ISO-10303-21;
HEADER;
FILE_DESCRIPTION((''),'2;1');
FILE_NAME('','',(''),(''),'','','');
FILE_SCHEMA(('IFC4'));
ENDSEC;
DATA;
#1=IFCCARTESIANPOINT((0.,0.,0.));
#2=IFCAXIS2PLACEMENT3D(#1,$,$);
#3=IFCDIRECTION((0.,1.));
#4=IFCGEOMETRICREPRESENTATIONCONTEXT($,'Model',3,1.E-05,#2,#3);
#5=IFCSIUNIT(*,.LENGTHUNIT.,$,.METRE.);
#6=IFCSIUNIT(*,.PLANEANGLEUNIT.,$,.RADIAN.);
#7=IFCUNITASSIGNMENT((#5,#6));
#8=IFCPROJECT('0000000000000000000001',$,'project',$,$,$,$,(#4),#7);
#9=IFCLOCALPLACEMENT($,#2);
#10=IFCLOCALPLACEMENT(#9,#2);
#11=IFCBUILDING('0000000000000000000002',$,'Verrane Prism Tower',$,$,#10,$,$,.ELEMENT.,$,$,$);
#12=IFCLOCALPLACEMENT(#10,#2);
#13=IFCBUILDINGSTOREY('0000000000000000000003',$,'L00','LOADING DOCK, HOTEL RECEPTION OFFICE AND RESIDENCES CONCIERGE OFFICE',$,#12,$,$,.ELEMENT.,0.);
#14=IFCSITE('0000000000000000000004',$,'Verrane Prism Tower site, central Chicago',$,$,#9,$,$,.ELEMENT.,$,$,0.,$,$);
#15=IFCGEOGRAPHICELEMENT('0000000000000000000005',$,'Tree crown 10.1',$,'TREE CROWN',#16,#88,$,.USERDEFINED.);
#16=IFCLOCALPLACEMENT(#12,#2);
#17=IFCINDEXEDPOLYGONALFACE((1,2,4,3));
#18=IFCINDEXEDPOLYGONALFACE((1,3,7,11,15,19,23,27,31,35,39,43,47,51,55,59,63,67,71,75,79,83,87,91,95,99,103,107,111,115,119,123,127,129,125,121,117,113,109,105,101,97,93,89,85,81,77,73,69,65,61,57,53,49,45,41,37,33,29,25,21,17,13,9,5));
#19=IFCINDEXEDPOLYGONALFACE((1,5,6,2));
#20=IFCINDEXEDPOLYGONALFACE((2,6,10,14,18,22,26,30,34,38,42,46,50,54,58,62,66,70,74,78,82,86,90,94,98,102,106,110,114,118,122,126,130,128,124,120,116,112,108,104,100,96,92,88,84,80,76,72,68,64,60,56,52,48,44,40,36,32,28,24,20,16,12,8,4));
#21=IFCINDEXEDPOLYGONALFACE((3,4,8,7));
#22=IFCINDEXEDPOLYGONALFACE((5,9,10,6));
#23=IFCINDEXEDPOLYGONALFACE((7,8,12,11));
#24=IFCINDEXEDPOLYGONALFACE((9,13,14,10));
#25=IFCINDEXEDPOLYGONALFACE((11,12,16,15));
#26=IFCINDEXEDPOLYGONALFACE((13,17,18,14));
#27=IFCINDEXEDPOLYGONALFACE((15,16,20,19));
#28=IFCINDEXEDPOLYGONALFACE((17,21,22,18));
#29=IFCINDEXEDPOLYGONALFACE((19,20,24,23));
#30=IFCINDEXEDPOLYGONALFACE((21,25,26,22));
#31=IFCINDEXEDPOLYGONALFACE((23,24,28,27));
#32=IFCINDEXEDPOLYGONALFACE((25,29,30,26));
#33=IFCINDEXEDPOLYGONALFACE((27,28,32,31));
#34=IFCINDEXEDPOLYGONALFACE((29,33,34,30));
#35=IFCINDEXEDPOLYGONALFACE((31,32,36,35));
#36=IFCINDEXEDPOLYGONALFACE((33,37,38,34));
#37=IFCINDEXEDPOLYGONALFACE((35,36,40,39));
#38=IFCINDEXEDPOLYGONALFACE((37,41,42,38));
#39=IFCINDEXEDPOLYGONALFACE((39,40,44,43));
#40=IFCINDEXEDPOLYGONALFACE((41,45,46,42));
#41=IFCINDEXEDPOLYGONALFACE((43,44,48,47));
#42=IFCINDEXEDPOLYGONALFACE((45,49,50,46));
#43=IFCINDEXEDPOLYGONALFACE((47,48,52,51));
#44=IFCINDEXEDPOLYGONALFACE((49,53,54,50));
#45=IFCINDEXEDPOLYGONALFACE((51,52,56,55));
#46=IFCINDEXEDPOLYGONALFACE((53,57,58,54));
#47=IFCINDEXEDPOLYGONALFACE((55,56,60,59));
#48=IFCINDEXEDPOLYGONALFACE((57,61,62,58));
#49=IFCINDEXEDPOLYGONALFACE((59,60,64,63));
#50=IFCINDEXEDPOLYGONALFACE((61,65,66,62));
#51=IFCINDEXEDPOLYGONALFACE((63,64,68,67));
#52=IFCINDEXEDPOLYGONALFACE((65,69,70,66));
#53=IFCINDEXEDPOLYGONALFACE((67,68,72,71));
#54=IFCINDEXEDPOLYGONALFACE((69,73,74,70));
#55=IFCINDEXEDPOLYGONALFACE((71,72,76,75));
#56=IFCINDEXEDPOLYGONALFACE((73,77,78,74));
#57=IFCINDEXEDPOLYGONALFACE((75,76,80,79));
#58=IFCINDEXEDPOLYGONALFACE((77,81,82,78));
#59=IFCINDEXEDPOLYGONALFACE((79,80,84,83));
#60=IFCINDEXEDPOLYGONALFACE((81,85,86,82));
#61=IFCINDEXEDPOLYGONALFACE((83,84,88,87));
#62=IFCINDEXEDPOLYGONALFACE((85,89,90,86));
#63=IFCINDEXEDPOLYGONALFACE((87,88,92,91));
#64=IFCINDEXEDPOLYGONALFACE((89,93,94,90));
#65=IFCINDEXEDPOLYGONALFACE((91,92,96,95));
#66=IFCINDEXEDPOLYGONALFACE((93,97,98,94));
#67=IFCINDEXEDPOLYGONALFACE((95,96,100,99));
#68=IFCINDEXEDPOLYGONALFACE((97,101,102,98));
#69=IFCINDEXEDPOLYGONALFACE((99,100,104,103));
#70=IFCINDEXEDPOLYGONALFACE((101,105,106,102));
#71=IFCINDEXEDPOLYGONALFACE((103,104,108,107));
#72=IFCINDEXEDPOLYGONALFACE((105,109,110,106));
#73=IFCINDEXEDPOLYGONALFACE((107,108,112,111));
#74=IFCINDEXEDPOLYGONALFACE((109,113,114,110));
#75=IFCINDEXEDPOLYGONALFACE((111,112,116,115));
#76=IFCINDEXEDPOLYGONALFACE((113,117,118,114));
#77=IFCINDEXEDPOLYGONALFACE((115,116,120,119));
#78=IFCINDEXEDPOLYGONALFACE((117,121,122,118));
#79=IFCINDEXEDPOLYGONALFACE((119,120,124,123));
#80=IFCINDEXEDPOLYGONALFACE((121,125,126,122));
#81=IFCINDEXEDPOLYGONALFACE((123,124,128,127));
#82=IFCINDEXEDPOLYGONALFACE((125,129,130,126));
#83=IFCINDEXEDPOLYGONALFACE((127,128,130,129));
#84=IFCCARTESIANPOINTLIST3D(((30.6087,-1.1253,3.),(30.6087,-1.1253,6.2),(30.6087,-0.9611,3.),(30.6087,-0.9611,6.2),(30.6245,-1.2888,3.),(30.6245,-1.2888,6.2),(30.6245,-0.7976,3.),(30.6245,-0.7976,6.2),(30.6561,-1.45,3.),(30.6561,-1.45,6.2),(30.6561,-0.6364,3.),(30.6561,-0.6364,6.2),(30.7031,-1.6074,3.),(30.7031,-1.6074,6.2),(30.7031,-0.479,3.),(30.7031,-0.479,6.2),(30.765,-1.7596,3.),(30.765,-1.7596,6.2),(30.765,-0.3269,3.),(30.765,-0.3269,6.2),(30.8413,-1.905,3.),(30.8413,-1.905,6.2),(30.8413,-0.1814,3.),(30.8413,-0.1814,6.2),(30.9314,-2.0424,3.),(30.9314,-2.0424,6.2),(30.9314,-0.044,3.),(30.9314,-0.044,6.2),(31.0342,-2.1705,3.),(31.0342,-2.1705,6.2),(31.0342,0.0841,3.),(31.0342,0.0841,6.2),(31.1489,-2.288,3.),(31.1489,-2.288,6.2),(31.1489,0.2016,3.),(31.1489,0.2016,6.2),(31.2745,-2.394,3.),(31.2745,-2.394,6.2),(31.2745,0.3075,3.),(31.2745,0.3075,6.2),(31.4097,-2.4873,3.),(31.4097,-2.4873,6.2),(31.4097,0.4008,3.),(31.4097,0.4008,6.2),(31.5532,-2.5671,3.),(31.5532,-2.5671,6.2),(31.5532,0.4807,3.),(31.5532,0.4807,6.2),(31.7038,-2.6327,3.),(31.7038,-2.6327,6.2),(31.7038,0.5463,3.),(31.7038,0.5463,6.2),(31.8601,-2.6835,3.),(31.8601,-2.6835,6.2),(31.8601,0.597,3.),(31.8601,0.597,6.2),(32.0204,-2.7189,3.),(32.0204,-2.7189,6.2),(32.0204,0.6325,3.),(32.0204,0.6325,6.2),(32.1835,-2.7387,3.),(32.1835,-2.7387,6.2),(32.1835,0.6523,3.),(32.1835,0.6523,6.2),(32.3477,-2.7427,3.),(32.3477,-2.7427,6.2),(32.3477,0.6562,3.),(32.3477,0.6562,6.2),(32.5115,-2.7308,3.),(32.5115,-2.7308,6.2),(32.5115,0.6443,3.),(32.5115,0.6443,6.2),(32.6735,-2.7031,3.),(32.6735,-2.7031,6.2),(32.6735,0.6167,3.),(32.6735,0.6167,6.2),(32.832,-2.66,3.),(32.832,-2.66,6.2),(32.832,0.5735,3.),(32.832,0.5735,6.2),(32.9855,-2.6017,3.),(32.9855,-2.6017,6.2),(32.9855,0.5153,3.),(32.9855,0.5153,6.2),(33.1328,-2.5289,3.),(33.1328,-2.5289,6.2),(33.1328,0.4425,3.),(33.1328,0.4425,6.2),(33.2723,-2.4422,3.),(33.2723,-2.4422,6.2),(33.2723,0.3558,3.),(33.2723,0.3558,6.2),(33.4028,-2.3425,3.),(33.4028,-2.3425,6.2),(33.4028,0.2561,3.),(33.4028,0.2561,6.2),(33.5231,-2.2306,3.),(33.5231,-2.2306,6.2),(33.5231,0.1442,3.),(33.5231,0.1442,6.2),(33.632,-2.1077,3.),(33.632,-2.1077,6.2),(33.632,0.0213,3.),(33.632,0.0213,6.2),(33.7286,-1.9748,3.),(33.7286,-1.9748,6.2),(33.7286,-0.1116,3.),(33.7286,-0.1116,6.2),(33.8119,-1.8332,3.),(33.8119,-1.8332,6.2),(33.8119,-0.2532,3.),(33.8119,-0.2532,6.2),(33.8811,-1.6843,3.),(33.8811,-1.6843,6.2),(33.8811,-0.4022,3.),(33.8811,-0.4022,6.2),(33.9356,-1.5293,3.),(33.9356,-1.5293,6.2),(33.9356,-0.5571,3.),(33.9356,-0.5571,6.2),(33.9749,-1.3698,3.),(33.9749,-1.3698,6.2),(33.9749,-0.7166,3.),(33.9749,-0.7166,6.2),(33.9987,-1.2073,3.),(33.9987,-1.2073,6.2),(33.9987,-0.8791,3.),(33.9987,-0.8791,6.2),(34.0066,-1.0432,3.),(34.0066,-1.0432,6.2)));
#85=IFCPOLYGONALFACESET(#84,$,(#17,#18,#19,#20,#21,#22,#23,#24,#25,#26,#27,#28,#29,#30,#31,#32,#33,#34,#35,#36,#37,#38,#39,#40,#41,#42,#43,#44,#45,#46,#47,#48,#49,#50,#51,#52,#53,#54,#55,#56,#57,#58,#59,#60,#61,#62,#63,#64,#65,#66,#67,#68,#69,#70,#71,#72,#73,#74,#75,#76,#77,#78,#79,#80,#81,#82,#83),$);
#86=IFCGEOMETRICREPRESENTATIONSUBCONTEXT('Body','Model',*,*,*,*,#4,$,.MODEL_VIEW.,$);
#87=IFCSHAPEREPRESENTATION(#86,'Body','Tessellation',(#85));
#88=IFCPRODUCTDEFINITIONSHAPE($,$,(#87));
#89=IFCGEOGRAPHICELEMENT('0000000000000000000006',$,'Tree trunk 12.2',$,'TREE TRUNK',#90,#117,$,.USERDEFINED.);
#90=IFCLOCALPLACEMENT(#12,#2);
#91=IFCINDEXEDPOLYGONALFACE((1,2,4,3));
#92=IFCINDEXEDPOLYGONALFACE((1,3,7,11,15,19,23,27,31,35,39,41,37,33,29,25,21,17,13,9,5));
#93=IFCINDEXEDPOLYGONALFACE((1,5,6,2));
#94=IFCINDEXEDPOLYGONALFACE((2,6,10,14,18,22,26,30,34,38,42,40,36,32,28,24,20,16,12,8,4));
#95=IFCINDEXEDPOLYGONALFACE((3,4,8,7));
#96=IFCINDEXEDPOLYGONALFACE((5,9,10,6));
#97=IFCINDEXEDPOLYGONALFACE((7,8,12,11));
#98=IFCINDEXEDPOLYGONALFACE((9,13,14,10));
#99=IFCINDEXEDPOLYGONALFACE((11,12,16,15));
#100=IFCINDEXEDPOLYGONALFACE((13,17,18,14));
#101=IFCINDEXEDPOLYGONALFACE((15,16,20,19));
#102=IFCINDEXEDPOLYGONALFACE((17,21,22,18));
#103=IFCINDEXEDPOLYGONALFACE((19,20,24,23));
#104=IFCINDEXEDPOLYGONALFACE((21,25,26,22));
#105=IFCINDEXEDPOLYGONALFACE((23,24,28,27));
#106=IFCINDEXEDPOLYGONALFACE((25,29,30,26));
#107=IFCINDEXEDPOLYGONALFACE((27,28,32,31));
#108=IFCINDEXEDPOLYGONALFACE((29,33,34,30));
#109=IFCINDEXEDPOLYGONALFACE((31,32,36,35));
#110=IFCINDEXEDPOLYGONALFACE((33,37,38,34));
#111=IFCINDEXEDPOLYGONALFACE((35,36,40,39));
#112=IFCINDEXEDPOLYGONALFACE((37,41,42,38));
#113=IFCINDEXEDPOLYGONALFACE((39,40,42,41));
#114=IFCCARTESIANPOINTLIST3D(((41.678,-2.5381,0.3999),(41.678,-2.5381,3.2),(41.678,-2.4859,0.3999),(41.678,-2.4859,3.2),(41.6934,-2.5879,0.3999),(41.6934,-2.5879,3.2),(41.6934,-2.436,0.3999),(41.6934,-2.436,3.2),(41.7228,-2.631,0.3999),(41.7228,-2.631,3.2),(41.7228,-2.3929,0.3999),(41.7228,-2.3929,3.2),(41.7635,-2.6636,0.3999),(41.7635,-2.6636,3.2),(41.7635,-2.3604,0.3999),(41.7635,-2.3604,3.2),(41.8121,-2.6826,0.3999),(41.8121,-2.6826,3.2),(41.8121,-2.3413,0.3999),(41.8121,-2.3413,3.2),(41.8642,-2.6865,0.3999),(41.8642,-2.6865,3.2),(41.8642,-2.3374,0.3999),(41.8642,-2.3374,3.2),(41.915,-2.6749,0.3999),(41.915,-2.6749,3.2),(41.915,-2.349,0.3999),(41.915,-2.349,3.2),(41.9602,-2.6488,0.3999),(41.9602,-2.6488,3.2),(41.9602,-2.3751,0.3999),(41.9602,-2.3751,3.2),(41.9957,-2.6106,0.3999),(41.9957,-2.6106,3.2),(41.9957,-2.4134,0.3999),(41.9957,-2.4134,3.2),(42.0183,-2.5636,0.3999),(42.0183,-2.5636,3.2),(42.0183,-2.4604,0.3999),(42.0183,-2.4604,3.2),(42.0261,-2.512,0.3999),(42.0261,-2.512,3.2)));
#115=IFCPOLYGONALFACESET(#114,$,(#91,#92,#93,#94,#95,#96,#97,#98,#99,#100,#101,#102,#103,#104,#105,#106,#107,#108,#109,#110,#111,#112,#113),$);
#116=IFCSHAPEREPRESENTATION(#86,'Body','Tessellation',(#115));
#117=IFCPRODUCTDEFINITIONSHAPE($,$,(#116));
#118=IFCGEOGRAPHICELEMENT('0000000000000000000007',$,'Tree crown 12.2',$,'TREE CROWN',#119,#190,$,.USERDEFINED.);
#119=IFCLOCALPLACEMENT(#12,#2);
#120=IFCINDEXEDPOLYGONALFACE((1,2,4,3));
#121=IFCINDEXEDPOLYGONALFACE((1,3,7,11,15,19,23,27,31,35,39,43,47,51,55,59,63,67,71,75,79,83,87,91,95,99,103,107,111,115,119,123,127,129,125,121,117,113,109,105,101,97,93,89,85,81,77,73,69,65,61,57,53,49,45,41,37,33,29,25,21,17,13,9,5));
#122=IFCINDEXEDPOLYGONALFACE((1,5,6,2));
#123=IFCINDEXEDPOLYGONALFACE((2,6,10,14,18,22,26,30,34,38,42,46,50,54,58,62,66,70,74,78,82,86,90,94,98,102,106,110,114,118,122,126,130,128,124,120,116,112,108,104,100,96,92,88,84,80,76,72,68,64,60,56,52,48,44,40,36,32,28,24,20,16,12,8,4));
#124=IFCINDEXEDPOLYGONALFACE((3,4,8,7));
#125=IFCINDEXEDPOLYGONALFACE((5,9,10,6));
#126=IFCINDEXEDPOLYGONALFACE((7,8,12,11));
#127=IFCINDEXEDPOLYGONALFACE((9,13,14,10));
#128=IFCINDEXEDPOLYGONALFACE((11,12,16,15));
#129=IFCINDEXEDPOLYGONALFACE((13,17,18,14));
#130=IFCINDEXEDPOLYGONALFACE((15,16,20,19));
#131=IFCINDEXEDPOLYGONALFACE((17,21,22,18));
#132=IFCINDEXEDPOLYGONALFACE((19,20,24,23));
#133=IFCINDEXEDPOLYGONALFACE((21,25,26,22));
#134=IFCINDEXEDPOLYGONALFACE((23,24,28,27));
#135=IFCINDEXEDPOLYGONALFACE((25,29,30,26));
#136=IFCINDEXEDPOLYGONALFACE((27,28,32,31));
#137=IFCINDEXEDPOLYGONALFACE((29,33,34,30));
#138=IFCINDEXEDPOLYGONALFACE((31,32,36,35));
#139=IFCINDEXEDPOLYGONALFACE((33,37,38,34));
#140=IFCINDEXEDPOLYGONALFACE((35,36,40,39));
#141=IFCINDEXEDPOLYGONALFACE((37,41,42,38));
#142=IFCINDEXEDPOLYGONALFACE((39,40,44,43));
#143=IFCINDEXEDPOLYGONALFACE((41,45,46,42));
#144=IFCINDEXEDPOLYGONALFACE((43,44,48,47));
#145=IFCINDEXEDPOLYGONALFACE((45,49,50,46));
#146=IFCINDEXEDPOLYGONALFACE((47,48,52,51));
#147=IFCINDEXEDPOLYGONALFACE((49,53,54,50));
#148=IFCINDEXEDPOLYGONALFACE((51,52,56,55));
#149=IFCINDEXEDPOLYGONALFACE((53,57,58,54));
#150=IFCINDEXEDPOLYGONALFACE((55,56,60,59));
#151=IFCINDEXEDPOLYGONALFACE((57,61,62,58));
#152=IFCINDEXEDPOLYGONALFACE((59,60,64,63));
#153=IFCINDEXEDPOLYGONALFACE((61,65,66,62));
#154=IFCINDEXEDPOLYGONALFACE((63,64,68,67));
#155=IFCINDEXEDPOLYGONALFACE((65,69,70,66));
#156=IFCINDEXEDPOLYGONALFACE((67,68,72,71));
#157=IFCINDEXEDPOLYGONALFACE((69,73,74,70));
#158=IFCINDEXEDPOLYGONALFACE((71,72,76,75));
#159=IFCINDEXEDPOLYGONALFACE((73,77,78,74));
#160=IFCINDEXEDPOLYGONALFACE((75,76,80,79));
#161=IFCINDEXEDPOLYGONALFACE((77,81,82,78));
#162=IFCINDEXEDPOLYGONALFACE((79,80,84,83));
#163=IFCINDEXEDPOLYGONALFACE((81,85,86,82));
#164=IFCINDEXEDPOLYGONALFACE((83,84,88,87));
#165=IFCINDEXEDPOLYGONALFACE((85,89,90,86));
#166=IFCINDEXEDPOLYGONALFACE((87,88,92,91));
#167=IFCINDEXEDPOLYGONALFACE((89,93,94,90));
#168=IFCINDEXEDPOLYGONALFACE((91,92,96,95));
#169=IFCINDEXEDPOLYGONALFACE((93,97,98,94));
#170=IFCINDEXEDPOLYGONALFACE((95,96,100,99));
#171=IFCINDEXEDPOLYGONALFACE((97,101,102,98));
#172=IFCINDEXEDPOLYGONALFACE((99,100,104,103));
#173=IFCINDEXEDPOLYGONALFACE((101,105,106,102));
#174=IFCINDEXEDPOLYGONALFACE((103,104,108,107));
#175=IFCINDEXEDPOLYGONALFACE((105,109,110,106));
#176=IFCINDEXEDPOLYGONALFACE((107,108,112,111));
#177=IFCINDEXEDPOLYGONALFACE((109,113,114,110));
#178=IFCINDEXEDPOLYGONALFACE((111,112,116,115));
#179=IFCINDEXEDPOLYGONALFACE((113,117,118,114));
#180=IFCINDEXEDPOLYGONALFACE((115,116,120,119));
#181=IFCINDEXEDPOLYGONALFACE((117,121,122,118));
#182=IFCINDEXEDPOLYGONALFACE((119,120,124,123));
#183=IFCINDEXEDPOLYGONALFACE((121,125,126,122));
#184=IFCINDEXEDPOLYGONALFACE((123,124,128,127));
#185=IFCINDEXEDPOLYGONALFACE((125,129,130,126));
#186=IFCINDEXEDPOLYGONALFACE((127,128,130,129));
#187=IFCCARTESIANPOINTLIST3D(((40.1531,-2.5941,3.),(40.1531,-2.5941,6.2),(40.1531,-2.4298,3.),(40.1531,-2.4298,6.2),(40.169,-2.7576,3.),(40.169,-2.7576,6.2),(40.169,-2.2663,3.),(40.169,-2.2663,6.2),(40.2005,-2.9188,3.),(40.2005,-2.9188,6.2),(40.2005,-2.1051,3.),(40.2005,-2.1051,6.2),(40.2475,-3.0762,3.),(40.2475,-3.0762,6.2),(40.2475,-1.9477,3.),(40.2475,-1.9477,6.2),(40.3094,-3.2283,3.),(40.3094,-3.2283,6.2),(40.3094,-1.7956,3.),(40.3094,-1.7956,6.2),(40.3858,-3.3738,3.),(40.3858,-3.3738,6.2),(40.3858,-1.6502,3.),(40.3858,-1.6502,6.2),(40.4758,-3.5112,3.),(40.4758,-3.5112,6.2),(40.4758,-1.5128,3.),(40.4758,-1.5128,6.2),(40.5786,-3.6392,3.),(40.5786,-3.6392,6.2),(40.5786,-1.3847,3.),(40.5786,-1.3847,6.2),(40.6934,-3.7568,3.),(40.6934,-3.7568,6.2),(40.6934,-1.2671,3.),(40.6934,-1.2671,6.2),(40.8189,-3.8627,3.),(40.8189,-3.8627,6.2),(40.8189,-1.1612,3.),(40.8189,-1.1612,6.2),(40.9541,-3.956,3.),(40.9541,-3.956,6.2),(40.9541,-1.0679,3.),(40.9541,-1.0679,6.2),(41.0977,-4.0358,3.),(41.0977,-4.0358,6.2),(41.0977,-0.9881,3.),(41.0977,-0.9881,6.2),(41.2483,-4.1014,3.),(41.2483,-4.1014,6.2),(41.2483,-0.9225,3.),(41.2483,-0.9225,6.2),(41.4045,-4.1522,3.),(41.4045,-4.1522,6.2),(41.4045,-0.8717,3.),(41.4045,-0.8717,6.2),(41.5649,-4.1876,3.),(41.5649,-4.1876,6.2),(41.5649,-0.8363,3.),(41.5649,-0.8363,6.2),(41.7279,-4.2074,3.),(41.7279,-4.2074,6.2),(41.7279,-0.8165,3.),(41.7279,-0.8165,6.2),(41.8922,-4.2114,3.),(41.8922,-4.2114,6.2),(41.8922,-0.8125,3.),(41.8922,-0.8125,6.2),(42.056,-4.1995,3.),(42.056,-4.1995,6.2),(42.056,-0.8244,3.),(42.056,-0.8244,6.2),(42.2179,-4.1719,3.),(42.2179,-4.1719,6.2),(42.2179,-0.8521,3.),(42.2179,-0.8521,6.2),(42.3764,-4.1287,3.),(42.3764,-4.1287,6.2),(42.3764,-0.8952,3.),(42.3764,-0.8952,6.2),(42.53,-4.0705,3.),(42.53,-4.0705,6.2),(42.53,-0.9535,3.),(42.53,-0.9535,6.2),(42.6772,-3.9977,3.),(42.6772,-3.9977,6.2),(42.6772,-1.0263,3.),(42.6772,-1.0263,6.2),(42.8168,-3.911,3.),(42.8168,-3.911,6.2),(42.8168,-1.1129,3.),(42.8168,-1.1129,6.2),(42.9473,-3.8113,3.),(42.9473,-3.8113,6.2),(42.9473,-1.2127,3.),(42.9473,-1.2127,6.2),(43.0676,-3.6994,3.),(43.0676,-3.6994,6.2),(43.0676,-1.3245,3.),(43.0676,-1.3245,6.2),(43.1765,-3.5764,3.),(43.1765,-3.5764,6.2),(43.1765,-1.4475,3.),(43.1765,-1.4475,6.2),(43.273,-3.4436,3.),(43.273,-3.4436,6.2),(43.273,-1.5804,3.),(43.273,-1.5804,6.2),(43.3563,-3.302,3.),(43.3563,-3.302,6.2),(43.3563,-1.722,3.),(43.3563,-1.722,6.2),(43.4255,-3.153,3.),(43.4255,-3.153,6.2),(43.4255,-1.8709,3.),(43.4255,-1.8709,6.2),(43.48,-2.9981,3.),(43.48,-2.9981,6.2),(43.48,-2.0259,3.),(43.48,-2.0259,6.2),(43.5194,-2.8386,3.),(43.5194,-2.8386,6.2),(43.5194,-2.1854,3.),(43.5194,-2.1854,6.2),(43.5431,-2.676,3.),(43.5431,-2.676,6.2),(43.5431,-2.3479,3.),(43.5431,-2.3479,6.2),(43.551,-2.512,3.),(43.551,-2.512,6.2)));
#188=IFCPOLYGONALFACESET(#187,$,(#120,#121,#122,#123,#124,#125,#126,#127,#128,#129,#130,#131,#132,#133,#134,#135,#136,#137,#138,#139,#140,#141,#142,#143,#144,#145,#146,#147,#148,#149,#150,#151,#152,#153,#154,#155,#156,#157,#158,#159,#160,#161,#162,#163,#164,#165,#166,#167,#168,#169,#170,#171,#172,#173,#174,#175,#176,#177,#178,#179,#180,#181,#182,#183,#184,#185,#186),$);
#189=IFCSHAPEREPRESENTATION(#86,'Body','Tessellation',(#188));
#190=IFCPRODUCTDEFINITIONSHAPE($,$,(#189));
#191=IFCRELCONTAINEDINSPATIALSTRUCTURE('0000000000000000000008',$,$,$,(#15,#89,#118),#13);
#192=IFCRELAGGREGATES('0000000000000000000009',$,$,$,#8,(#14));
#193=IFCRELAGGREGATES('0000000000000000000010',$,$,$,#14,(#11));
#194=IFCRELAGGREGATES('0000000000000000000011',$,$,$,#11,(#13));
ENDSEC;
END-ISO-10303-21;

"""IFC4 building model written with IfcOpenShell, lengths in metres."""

from ifc_helpers import new_model, si_unit, direction, frame, origin, origin_2d, place, context, subcontext, project, spatial, circle, extrude, element, save


model = new_model("IFC4")

# Units and contexts
model_context = context("Model", 3, precision=1e-05, world=origin(), true_north=direction((0.0, 1.0)))
body_context = subcontext(model_context, "Body", "Model", "MODEL_VIEW")
ifc_project = project(units=[si_unit("LENGTHUNIT", "METRE"), si_unit("PLANEANGLEUNIT", "RADIAN")], contexts=[model_context])

# Site, building, storey
site_placement = place(None, origin())
site = spatial("IfcSite", under=ifc_project, at=site_placement, Name="Verrane Prism Tower site, central Chicago", CompositionType="ELEMENT", RefElevation=0.0)
building_placement = place(site_placement, origin())
building = spatial("IfcBuilding", under=site, at=building_placement, Name="Verrane Prism Tower", CompositionType="ELEMENT")
storey_placement = place(building_placement, origin())
storey = spatial("IfcBuildingStorey", under=building, at=storey_placement, Name="L00", Description="LOADING DOCK, HOTEL RECEPTION OFFICE AND RESIDENCES CONCIERGE OFFICE", CompositionType="ELEMENT", Elevation=0.0)

# Geographic elements
geographic_element_1_placement = place(storey_placement, frame((32.3066, -1.0432, 6.2), z_axis=(0.0, 0.0, -1.0), x_axis=(1.0, 0.0, 0.0)))
element("IfcGeographicElement", 1, at=geographic_element_1_placement, inside=storey, Name="Tree crown 10.1", ObjectType="TREE CROWN", PredefinedType="USERDEFINED", context=body_context, shape_type="SweptSolid", body=[
    extrude(circle(Radius=1.7, at=origin_2d()), origin(), (0.0, 0.0, 1.0), 3.2),
])
geographic_element_2_placement = place(storey_placement, frame((41.8511, -2.512, 3.2), z_axis=(0.0, 0.0, -1.0), x_axis=(1.0, 0.0, 0.0)))
element("IfcGeographicElement", 2, at=geographic_element_2_placement, inside=storey, Name="Tree trunk 12.2", ObjectType="TREE TRUNK", PredefinedType="USERDEFINED", context=body_context, shape_type="SweptSolid", body=[
    extrude(circle(Radius=0.175, at=origin_2d()), origin(), (0.0, 0.0, 1.0), 2.8),
])
geographic_element_3_placement = place(storey_placement, frame((41.8511, -2.512, 6.2), z_axis=(0.0, 0.0, -1.0), x_axis=(1.0, 0.0, 0.0)))
element("IfcGeographicElement", 3, at=geographic_element_3_placement, inside=storey, Name="Tree crown 12.2", ObjectType="TREE CROWN", PredefinedType="USERDEFINED", context=body_context, shape_type="SweptSolid", body=[
    extrude(circle(Radius=1.7, at=origin_2d()), origin(), (0.0, 0.0, 1.0), 3.2),
])

save(model, "model.ifc")
